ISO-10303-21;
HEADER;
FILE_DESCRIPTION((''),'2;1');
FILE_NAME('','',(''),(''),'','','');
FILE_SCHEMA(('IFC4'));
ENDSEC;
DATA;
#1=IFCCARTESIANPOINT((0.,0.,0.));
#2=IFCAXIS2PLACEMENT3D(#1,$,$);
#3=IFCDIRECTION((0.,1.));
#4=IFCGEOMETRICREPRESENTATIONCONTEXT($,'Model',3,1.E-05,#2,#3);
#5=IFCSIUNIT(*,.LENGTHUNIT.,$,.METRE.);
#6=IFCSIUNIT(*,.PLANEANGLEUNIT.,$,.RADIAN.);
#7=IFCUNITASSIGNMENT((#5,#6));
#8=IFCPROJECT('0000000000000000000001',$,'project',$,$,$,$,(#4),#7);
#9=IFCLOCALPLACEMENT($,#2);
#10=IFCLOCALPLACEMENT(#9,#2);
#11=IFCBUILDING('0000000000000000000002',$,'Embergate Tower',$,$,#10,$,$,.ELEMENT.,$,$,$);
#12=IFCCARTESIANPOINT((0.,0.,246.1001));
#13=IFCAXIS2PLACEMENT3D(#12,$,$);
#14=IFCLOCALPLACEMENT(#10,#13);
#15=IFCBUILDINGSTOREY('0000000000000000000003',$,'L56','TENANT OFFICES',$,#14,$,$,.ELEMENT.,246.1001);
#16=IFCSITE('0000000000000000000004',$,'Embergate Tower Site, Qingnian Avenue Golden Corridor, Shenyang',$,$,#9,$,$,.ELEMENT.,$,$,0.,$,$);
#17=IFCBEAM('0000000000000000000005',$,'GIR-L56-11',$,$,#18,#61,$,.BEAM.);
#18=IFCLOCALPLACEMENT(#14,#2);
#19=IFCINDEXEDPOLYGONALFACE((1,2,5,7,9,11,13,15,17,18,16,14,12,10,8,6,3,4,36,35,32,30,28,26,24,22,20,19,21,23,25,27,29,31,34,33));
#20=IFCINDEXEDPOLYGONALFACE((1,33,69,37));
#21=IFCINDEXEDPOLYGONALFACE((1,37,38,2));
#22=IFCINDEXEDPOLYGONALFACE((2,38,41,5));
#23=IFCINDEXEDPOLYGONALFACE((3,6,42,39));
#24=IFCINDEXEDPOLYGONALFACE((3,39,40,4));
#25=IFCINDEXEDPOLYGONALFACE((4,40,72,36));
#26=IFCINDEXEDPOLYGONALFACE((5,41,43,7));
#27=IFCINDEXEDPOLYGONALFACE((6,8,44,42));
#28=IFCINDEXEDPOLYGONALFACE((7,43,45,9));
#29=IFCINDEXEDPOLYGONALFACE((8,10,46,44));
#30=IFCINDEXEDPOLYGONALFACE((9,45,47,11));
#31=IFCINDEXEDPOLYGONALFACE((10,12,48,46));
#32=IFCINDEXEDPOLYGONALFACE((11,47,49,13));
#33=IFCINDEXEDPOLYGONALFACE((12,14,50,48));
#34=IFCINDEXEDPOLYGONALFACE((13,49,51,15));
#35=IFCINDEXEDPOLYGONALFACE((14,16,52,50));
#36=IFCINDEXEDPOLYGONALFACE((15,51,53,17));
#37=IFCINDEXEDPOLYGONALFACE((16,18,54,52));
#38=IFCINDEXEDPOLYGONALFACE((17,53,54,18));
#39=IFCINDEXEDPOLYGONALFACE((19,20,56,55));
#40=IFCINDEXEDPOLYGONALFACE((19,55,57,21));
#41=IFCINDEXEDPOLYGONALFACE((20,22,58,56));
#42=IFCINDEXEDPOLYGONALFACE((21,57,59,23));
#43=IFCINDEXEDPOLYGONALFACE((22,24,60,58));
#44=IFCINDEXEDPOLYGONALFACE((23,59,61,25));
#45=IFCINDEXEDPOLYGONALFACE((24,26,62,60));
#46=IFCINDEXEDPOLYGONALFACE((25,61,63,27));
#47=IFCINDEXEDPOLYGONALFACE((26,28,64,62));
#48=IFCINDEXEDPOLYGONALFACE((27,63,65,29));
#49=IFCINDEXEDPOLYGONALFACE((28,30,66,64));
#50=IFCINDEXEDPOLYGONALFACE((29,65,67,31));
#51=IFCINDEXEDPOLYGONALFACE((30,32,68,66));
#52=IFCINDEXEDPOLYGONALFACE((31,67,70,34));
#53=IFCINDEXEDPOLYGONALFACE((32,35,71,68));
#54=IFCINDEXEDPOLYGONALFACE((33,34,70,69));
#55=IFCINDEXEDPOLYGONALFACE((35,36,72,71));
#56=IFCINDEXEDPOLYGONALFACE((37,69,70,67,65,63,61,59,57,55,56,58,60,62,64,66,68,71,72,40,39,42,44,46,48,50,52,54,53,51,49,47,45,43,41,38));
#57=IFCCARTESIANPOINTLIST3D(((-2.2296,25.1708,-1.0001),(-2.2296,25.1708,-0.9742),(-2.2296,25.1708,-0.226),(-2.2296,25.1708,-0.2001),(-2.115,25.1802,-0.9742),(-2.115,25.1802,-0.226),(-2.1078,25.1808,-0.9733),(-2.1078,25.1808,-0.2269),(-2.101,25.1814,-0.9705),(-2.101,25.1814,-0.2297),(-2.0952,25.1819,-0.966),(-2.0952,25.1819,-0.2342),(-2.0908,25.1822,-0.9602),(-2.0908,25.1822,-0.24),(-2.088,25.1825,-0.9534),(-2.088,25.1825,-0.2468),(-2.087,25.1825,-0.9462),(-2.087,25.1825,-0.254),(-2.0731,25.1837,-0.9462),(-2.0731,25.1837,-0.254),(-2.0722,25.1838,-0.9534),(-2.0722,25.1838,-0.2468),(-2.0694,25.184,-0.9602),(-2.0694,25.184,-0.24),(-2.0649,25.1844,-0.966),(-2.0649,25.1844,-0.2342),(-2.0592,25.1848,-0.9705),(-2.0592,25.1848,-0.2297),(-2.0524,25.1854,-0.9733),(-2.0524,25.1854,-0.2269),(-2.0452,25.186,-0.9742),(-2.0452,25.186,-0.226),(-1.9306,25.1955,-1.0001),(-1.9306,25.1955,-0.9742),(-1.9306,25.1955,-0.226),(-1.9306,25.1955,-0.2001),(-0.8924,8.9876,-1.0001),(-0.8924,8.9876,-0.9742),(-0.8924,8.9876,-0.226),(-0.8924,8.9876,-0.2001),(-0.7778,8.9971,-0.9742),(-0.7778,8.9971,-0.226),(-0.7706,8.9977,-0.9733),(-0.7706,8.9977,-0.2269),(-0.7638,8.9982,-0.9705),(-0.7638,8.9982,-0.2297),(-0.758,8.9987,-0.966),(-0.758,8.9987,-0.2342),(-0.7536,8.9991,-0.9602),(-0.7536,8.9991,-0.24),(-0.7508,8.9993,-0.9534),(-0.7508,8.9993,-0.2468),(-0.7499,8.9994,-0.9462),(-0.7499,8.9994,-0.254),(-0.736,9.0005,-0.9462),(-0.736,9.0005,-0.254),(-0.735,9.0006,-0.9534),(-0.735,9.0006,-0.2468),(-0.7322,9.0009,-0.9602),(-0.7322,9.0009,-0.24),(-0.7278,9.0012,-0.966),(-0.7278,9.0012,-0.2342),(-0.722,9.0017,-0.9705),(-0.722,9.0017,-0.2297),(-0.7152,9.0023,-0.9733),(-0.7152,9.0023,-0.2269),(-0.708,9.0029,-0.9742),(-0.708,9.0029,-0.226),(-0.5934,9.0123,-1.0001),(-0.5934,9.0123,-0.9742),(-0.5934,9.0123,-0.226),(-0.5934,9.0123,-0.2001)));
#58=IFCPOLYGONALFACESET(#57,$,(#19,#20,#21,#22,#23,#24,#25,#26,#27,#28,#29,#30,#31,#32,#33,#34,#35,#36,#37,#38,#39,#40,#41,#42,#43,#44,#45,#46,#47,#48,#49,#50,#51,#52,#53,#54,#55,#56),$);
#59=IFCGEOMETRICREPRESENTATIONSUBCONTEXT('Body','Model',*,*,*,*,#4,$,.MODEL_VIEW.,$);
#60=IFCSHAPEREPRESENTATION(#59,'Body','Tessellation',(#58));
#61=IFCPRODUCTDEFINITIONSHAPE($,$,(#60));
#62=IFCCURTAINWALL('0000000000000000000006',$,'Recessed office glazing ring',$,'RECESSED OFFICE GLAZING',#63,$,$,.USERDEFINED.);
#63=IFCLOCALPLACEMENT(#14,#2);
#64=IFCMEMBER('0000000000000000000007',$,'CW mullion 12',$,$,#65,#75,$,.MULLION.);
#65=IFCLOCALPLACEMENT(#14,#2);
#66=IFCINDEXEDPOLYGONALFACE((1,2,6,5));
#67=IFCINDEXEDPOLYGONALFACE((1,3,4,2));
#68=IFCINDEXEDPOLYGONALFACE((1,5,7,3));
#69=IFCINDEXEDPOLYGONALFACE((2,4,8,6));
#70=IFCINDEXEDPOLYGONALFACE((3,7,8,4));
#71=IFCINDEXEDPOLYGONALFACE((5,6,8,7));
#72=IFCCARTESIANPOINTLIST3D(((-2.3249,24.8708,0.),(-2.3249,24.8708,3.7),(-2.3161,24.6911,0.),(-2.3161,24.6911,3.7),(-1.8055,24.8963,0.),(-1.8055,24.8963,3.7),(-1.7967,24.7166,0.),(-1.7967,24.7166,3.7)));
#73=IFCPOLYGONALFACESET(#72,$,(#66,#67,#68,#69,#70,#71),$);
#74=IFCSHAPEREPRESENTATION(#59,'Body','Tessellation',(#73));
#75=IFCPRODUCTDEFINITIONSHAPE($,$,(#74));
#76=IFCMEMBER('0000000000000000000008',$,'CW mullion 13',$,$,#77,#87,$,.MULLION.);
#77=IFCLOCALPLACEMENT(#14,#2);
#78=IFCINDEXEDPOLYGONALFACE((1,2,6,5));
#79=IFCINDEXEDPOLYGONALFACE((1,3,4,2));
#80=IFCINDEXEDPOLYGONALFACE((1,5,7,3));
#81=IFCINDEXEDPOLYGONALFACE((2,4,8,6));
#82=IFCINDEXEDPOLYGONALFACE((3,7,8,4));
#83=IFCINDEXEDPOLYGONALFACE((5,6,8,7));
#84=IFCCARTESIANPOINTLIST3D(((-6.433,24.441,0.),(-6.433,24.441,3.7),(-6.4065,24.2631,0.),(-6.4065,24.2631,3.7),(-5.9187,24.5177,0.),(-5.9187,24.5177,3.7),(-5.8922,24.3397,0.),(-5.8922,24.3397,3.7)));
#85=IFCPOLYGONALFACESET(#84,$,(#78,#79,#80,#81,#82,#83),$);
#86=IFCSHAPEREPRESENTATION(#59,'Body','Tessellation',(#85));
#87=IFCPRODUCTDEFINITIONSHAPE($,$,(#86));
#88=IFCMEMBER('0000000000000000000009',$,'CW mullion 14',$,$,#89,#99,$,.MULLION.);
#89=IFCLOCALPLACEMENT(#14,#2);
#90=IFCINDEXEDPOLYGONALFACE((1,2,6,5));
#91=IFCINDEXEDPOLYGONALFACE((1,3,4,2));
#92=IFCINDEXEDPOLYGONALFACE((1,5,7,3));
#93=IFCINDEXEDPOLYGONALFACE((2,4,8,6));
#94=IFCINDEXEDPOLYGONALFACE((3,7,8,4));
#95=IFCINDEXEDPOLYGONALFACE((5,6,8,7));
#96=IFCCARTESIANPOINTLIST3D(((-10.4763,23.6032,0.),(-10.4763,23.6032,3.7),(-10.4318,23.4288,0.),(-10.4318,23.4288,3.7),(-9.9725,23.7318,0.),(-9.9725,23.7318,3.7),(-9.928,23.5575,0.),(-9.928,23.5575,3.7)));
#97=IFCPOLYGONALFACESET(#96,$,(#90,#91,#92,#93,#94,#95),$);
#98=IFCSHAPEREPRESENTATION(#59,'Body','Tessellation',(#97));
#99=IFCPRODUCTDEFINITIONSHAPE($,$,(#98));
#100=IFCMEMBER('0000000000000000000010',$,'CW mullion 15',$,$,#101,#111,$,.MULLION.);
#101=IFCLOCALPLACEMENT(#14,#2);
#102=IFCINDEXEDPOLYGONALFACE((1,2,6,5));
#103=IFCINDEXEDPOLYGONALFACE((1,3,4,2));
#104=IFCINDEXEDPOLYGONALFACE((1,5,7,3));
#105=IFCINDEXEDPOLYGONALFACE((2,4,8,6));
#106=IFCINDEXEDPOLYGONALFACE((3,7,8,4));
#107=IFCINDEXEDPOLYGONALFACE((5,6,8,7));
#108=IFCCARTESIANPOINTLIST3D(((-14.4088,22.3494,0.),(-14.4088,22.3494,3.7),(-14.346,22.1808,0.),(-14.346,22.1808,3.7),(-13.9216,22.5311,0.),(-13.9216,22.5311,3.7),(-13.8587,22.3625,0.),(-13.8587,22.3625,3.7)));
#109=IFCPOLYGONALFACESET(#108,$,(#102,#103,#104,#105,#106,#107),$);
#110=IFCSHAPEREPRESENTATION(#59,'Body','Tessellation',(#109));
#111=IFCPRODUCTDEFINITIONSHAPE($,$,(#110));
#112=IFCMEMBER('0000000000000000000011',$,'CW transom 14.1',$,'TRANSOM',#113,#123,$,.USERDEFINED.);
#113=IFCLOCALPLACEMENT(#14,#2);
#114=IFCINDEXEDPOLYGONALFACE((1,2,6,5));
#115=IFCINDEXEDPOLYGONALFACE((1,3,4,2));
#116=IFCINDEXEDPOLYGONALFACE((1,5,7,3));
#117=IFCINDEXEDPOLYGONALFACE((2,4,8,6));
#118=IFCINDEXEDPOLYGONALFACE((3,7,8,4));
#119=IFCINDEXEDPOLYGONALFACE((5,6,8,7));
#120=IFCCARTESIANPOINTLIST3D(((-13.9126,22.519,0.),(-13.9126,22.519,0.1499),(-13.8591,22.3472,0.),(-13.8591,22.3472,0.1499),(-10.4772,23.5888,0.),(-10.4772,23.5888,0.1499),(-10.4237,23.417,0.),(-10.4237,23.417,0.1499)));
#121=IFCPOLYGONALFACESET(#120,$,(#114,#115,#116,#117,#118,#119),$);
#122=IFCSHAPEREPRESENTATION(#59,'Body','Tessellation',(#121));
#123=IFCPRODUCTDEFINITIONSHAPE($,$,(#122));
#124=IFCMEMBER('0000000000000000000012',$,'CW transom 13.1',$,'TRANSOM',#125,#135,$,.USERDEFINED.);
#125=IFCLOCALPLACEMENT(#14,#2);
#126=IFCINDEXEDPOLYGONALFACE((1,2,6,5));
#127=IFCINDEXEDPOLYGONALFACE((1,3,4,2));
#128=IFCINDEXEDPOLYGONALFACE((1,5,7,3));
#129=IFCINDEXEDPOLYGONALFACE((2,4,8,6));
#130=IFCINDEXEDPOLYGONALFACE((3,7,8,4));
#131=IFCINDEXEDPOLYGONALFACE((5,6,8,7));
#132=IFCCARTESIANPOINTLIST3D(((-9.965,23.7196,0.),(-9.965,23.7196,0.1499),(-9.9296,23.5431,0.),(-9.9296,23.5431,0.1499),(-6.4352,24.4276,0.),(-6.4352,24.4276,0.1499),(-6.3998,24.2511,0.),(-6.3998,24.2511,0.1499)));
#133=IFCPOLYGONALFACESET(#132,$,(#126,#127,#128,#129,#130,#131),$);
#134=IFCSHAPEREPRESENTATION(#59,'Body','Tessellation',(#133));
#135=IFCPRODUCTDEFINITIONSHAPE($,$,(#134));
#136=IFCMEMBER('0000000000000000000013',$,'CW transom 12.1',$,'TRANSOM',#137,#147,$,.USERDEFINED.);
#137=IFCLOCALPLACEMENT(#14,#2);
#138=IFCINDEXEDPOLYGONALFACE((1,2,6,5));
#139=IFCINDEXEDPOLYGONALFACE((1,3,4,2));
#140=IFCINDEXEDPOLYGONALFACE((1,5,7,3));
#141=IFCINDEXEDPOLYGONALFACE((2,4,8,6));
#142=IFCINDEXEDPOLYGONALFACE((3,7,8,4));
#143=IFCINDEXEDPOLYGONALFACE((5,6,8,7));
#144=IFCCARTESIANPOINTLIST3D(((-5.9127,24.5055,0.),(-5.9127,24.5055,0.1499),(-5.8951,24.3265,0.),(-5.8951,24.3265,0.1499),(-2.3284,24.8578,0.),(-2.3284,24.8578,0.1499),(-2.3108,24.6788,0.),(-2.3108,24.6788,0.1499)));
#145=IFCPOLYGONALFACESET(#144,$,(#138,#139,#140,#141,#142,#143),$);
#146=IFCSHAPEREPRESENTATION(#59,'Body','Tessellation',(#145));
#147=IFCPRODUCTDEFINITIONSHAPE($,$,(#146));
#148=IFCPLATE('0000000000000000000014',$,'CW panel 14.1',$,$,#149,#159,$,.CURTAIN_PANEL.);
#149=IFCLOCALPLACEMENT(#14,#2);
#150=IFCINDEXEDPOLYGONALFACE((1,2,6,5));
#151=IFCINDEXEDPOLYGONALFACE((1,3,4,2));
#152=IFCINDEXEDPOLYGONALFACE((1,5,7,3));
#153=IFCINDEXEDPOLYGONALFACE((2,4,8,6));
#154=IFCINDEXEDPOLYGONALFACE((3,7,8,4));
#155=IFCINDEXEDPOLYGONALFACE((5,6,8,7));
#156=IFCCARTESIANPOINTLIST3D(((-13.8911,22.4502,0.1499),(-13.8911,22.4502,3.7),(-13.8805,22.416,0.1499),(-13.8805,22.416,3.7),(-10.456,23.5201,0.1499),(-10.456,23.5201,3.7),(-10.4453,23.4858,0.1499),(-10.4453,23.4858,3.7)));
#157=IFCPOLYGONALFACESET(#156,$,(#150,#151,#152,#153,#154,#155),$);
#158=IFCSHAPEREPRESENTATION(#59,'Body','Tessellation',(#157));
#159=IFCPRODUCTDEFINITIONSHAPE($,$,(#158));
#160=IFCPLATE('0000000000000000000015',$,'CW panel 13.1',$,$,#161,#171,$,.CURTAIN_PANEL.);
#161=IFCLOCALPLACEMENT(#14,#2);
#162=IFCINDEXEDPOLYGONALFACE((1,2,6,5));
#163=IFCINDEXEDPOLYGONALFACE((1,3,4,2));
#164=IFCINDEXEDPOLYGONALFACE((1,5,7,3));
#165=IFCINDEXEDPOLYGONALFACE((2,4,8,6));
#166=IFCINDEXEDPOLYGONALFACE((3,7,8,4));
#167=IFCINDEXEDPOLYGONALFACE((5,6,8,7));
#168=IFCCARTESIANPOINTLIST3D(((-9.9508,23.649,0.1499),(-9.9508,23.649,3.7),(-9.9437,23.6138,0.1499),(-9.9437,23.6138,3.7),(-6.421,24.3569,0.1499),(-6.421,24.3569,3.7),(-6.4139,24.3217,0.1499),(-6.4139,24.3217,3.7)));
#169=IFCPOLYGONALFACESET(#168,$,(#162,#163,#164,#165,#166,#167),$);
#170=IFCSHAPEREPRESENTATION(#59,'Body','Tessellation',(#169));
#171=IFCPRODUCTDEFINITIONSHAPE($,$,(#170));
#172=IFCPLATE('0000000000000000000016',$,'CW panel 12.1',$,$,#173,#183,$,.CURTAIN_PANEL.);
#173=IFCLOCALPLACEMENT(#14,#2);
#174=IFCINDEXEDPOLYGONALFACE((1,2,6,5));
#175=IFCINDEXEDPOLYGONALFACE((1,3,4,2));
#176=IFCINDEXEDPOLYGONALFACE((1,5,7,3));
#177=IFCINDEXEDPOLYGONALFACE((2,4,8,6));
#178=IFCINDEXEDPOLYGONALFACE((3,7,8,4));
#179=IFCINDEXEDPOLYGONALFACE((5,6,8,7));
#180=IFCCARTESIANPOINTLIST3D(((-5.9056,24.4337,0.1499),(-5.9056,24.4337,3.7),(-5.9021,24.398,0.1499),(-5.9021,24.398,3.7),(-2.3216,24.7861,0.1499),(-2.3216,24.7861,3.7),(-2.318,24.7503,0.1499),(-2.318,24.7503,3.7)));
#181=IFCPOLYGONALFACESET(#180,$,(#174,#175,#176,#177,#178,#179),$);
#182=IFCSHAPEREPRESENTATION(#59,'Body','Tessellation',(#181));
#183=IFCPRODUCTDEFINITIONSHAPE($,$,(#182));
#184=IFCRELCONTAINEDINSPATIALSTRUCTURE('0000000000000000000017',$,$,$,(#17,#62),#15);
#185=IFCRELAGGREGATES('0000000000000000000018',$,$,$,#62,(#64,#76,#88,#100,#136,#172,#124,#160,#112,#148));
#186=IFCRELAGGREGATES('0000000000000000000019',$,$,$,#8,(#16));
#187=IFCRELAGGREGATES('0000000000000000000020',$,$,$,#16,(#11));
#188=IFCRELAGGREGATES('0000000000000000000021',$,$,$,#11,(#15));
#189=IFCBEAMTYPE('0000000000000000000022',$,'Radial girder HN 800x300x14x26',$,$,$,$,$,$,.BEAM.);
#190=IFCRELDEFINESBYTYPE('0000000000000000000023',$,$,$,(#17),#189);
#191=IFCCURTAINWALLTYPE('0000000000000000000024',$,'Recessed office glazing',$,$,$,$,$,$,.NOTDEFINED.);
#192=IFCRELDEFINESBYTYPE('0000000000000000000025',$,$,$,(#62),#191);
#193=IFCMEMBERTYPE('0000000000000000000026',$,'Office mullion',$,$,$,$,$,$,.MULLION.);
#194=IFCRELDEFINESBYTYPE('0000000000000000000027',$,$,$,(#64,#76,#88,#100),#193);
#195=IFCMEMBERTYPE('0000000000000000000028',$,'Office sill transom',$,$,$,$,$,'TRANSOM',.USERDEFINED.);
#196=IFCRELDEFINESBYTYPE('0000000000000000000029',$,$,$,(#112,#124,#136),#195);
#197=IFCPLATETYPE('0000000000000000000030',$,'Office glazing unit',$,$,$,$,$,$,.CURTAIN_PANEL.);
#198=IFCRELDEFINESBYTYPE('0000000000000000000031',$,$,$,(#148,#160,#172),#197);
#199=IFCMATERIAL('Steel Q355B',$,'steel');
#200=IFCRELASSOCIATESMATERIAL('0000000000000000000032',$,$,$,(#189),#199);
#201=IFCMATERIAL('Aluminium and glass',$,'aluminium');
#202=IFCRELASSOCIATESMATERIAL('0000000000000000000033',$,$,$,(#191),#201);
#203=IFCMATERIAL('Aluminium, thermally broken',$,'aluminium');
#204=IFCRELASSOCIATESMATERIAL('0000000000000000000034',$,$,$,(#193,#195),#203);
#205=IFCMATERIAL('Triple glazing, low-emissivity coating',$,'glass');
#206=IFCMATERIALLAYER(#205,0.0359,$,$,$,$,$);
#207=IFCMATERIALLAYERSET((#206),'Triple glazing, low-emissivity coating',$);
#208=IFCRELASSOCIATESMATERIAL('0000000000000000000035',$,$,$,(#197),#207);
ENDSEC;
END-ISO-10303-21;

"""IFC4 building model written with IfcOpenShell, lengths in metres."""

from ifc_helpers import new_model, si_unit, direction, frame, origin, origin_2d, place, context, subcontext, project, spatial, rectangle, i_section, extrude, source, transform, mapped, material, layer, layer_set, material_profile, profile_set, type_object, element, aggregate, save


model = new_model("IFC4")

# Units and contexts
model_context = context("Model", 3, precision=1e-05, world=origin(), true_north=direction((0.0, 1.0)))
body_context = subcontext(model_context, "Body", "Model", "MODEL_VIEW")
ifc_project = project(units=[si_unit("LENGTHUNIT", "METRE"), si_unit("PLANEANGLEUNIT", "RADIAN")], contexts=[model_context])

# Site, building, storey
site_placement = place(None, origin())
site = spatial("IfcSite", under=ifc_project, at=site_placement, Name="Embergate Tower Site, Qingnian Avenue Golden Corridor, Shenyang", CompositionType="ELEMENT", RefElevation=0.0)
building_placement = place(site_placement, origin())
building = spatial("IfcBuilding", under=site, at=building_placement, Name="Embergate Tower", CompositionType="ELEMENT")
storey_placement = place(building_placement, frame((0.0, 0.0, 246.1001)))
storey = spatial("IfcBuildingStorey", under=building, at=storey_placement, Name="L56", Description="TENANT OFFICES", CompositionType="ELEMENT", Elevation=246.1001)

# Beam
ifc_material_1 = material(Name="Steel Q355B", Category="steel")
ifc_material_profile_1 = material_profile(ifc_material_1, i_section(OverallWidth=0.3, OverallDepth=0.8, WebThickness=0.0139, FlangeThickness=0.0259, FilletRadius=0.0281, at=origin_2d()), Name="HN 800x300x14x26")
ifc_profile_set_1 = profile_set([ifc_material_profile_1], Name="Steel Q355 grade B")
beam_type_1 = type_object("IfcBeamType", Name="Radial girder HN 800x300x14x26", PredefinedType="BEAM", material=ifc_profile_set_1)
shared_shape_1 = source(origin(), body_context, "Body", "SweptSolid", [
    extrude(i_section(OverallWidth=0.3, OverallDepth=0.8, WebThickness=0.0139, FlangeThickness=0.0259, FilletRadius=0.0281, at=origin_2d()), origin(), (0.0, 0.0, 1.0), 16.2383),
])
beam_1_placement = place(storey_placement, frame((-2.0801, 25.1831, -0.6001), z_axis=(0.082346, -0.996604, 0.0), x_axis=(0.996604, 0.082346, 0.0)))
element("IfcBeam", 1, at=beam_1_placement, inside=storey, type_object=beam_type_1, Name="GIR-L56-11", PredefinedType="BEAM", context=body_context, shape_type="MappedRepresentation", body=[
    mapped(shared_shape_1, transform((0.0, 0.0, 0.0))),
])

# Curtain wall, members, plates
ifc_material_2 = material(Name="Aluminium and glass", Category="aluminium")
curtain_wall_type = type_object("IfcCurtainWallType", Name="Recessed office glazing", PredefinedType="NOTDEFINED", material=ifc_material_2)
curtain_wall_placement = place(storey_placement, origin())
curtain_wall = element("IfcCurtainWall", 2, at=curtain_wall_placement, inside=storey, type_object=curtain_wall_type, Name="Recessed office glazing ring", ObjectType="RECESSED OFFICE GLAZING", PredefinedType="USERDEFINED")
ifc_material_3 = material(Name="Aluminium, thermally broken", Category="aluminium")
ifc_material_profile_2 = material_profile(ifc_material_3, rectangle(XDim=0.1799, YDim=0.52, at=origin_2d()), Name="AL 520x180")
ifc_profile_set_2 = profile_set([ifc_material_profile_2], Name="Aluminium, thermally broken")
member_type_1 = type_object("IfcMemberType", Name="Office mullion", PredefinedType="MULLION", material=ifc_profile_set_2)
shared_shape_2 = source(origin(), body_context, "Body", "SweptSolid", [
    extrude(rectangle(XDim=0.1799, YDim=0.52, at=origin_2d()), origin(), (0.0, 0.0, 1.0), 3.7),
])
member_1_placement = place(storey_placement, frame((-2.0608, 24.7937, 0.0), z_axis=(0.0, 0.0, 1.0), x_axis=(0.048972, -0.9988, 0.0)))
member_1 = element("IfcMember", 3, at=member_1_placement, type_object=member_type_1, Name="CW mullion 12", PredefinedType="MULLION", context=body_context, shape_type="MappedRepresentation", body=[
    mapped(shared_shape_2, transform((0.0, 0.0, 0.0))),
])
member_2_placement = place(storey_placement, frame((-6.1626, 24.3904, 0.0), z_axis=(0.0, 0.0, 1.0), x_axis=(0.147412, -0.989075, 0.0)))
member_2 = element("IfcMember", 4, at=member_2_placement, type_object=member_type_1, Name="CW mullion 13", PredefinedType="MULLION", context=body_context, shape_type="MappedRepresentation", body=[
    mapped(shared_shape_2, transform((0.0, 0.0, 0.0))),
])
member_3_placement = place(storey_placement, frame((-10.2021, 23.5803, 0.0), z_axis=(0.0, 0.0, 1.0), x_axis=(0.247312, -0.968936, 0.0)))
member_3 = element("IfcMember", 5, at=member_3_placement, type_object=member_type_1, Name="CW mullion 14", PredefinedType="MULLION", context=body_context, shape_type="MappedRepresentation", body=[
    mapped(shared_shape_2, transform((0.0, 0.0, 0.0))),
])
member_4_placement = place(storey_placement, frame((-14.1338, 22.356, 0.0), z_axis=(0.0, 0.0, 1.0), x_axis=(0.349503, -0.936935, 0.0)))
member_4 = element("IfcMember", 6, at=member_4_placement, type_object=member_type_1, Name="CW mullion 15", PredefinedType="MULLION", context=body_context, shape_type="MappedRepresentation", body=[
    mapped(shared_shape_2, transform((0.0, 0.0, 0.0))),
])
ifc_material_profile_3 = material_profile(ifc_material_3, rectangle(XDim=0.1799, YDim=0.1499, at=origin_2d()), Name="AL 150x180")
ifc_profile_set_3 = profile_set([ifc_material_profile_3], Name="Aluminium, thermally broken")
member_type_2 = type_object("IfcMemberType", Name="Office sill transom", ElementType="TRANSOM", PredefinedType="USERDEFINED", material=ifc_profile_set_3)
shared_shape_3 = source(origin(), body_context, "Body", "SweptSolid", [
    extrude(rectangle(XDim=0.1799, YDim=0.1499, at=origin_2d()), origin(), (0.0, 0.0, 1.0), 3.5981),
])
member_5_placement = place(storey_placement, frame((-10.4504, 23.5029, 0.075), z_axis=(-0.954773, -0.297336, 0.0), x_axis=(0.297336, -0.954773, 0.0)))
member_5 = element("IfcMember", 7, at=member_5_placement, type_object=member_type_2, Name="CW transom 14.1", ObjectType="TRANSOM", PredefinedType="USERDEFINED", context=body_context, shape_type="MappedRepresentation", body=[
    mapped(shared_shape_3, transform((0.0, 0.0, 0.0))),
])
shared_shape_4 = source(origin(), body_context, "Body", "SweptSolid", [
    extrude(rectangle(XDim=0.1799, YDim=0.1499, at=origin_2d()), origin(), (0.0, 0.0, 1.0), 3.6001),
])
member_6_placement = place(storey_placement, frame((-6.4175, 24.3394, 0.075), z_axis=(-0.980471, -0.196664, 0.0), x_axis=(0.196664, -0.980471, 0.0)))
member_6 = element("IfcMember", 8, at=member_6_placement, type_object=member_type_2, Name="CW transom 13.1", ObjectType="TRANSOM", PredefinedType="USERDEFINED", context=body_context, shape_type="MappedRepresentation", body=[
    mapped(shared_shape_4, transform((0.0, 0.0, 0.0))),
])
shared_shape_5 = source(origin(), body_context, "Body", "SweptSolid", [
    extrude(rectangle(XDim=0.1799, YDim=0.1499, at=origin_2d()), origin(), (0.0, 0.0, 1.0), 3.6016),
])
member_7_placement = place(storey_placement, frame((-2.3196, 24.7683, 0.075), z_axis=(-0.995204, -0.097819, 0.0), x_axis=(0.097819, -0.995204, 0.0)))
member_7 = element("IfcMember", 9, at=member_7_placement, type_object=member_type_2, Name="CW transom 12.1", ObjectType="TRANSOM", PredefinedType="USERDEFINED", context=body_context, shape_type="MappedRepresentation", body=[
    mapped(shared_shape_5, transform((0.0, 0.0, 0.0))),
])
ifc_material_4 = material(Name="Triple glazing, low-emissivity coating", Category="glass")
ifc_layer_1 = layer(ifc_material_4, 0.0359)
ifc_layer_set_1 = layer_set([ifc_layer_1], Name="Triple glazing, low-emissivity coating")
plate_type = type_object("IfcPlateType", Name="Office glazing unit", PredefinedType="CURTAIN_PANEL", material=ifc_layer_set_1)
shared_shape_6 = source(origin(), body_context, "Body", "SweptSolid", [
    extrude(rectangle(XDim=3.5979, YDim=0.0359, at=origin_2d()), origin(), (0.0, 0.0, 1.0), 3.55),
])
plate_1_placement = place(storey_placement, frame((-12.1682, 22.968, 0.1499), z_axis=(0.0, 0.0, 1.0), x_axis=(-0.954771, -0.297342, 0.0)))
plate_1 = element("IfcPlate", 10, at=plate_1_placement, type_object=plate_type, Name="CW panel 14.1", PredefinedType="CURTAIN_PANEL", context=body_context, shape_type="MappedRepresentation", body=[
    mapped(shared_shape_6, transform((0.0, 0.0, 0.0))),
])
shared_shape_7 = source(origin(), body_context, "Body", "SweptSolid", [
    extrude(rectangle(XDim=3.6001, YDim=0.0359, at=origin_2d()), origin(), (0.0, 0.0, 1.0), 3.55),
])
plate_2_placement = place(storey_placement, frame((-8.1824, 23.9854, 0.1499), z_axis=(0.0, 0.0, 1.0), x_axis=(-0.980476, -0.196641, 0.0)))
plate_2 = element("IfcPlate", 11, at=plate_2_placement, type_object=plate_type, Name="CW panel 13.1", PredefinedType="CURTAIN_PANEL", context=body_context, shape_type="MappedRepresentation", body=[
    mapped(shared_shape_7, transform((0.0, 0.0, 0.0))),
])
shared_shape_8 = source(origin(), body_context, "Body", "SweptSolid", [
    extrude(rectangle(XDim=3.6013, YDim=0.0359, at=origin_2d()), origin(), (0.0, 0.0, 1.0), 3.55),
])
plate_3_placement = place(storey_placement, frame((-4.1118, 24.592, 0.1499), z_axis=(0.0, 0.0, 1.0), x_axis=(-0.995203, -0.09783, 0.0)))
plate_3 = element("IfcPlate", 12, at=plate_3_placement, type_object=plate_type, Name="CW panel 12.1", PredefinedType="CURTAIN_PANEL", context=body_context, shape_type="MappedRepresentation", body=[
    mapped(shared_shape_8, transform((0.0, 0.0, 0.0))),
])
aggregate(curtain_wall, [member_1, member_2, member_3, member_4, member_7, plate_3, member_6, plate_2, member_5, plate_1])

save(model, "model.ifc")
